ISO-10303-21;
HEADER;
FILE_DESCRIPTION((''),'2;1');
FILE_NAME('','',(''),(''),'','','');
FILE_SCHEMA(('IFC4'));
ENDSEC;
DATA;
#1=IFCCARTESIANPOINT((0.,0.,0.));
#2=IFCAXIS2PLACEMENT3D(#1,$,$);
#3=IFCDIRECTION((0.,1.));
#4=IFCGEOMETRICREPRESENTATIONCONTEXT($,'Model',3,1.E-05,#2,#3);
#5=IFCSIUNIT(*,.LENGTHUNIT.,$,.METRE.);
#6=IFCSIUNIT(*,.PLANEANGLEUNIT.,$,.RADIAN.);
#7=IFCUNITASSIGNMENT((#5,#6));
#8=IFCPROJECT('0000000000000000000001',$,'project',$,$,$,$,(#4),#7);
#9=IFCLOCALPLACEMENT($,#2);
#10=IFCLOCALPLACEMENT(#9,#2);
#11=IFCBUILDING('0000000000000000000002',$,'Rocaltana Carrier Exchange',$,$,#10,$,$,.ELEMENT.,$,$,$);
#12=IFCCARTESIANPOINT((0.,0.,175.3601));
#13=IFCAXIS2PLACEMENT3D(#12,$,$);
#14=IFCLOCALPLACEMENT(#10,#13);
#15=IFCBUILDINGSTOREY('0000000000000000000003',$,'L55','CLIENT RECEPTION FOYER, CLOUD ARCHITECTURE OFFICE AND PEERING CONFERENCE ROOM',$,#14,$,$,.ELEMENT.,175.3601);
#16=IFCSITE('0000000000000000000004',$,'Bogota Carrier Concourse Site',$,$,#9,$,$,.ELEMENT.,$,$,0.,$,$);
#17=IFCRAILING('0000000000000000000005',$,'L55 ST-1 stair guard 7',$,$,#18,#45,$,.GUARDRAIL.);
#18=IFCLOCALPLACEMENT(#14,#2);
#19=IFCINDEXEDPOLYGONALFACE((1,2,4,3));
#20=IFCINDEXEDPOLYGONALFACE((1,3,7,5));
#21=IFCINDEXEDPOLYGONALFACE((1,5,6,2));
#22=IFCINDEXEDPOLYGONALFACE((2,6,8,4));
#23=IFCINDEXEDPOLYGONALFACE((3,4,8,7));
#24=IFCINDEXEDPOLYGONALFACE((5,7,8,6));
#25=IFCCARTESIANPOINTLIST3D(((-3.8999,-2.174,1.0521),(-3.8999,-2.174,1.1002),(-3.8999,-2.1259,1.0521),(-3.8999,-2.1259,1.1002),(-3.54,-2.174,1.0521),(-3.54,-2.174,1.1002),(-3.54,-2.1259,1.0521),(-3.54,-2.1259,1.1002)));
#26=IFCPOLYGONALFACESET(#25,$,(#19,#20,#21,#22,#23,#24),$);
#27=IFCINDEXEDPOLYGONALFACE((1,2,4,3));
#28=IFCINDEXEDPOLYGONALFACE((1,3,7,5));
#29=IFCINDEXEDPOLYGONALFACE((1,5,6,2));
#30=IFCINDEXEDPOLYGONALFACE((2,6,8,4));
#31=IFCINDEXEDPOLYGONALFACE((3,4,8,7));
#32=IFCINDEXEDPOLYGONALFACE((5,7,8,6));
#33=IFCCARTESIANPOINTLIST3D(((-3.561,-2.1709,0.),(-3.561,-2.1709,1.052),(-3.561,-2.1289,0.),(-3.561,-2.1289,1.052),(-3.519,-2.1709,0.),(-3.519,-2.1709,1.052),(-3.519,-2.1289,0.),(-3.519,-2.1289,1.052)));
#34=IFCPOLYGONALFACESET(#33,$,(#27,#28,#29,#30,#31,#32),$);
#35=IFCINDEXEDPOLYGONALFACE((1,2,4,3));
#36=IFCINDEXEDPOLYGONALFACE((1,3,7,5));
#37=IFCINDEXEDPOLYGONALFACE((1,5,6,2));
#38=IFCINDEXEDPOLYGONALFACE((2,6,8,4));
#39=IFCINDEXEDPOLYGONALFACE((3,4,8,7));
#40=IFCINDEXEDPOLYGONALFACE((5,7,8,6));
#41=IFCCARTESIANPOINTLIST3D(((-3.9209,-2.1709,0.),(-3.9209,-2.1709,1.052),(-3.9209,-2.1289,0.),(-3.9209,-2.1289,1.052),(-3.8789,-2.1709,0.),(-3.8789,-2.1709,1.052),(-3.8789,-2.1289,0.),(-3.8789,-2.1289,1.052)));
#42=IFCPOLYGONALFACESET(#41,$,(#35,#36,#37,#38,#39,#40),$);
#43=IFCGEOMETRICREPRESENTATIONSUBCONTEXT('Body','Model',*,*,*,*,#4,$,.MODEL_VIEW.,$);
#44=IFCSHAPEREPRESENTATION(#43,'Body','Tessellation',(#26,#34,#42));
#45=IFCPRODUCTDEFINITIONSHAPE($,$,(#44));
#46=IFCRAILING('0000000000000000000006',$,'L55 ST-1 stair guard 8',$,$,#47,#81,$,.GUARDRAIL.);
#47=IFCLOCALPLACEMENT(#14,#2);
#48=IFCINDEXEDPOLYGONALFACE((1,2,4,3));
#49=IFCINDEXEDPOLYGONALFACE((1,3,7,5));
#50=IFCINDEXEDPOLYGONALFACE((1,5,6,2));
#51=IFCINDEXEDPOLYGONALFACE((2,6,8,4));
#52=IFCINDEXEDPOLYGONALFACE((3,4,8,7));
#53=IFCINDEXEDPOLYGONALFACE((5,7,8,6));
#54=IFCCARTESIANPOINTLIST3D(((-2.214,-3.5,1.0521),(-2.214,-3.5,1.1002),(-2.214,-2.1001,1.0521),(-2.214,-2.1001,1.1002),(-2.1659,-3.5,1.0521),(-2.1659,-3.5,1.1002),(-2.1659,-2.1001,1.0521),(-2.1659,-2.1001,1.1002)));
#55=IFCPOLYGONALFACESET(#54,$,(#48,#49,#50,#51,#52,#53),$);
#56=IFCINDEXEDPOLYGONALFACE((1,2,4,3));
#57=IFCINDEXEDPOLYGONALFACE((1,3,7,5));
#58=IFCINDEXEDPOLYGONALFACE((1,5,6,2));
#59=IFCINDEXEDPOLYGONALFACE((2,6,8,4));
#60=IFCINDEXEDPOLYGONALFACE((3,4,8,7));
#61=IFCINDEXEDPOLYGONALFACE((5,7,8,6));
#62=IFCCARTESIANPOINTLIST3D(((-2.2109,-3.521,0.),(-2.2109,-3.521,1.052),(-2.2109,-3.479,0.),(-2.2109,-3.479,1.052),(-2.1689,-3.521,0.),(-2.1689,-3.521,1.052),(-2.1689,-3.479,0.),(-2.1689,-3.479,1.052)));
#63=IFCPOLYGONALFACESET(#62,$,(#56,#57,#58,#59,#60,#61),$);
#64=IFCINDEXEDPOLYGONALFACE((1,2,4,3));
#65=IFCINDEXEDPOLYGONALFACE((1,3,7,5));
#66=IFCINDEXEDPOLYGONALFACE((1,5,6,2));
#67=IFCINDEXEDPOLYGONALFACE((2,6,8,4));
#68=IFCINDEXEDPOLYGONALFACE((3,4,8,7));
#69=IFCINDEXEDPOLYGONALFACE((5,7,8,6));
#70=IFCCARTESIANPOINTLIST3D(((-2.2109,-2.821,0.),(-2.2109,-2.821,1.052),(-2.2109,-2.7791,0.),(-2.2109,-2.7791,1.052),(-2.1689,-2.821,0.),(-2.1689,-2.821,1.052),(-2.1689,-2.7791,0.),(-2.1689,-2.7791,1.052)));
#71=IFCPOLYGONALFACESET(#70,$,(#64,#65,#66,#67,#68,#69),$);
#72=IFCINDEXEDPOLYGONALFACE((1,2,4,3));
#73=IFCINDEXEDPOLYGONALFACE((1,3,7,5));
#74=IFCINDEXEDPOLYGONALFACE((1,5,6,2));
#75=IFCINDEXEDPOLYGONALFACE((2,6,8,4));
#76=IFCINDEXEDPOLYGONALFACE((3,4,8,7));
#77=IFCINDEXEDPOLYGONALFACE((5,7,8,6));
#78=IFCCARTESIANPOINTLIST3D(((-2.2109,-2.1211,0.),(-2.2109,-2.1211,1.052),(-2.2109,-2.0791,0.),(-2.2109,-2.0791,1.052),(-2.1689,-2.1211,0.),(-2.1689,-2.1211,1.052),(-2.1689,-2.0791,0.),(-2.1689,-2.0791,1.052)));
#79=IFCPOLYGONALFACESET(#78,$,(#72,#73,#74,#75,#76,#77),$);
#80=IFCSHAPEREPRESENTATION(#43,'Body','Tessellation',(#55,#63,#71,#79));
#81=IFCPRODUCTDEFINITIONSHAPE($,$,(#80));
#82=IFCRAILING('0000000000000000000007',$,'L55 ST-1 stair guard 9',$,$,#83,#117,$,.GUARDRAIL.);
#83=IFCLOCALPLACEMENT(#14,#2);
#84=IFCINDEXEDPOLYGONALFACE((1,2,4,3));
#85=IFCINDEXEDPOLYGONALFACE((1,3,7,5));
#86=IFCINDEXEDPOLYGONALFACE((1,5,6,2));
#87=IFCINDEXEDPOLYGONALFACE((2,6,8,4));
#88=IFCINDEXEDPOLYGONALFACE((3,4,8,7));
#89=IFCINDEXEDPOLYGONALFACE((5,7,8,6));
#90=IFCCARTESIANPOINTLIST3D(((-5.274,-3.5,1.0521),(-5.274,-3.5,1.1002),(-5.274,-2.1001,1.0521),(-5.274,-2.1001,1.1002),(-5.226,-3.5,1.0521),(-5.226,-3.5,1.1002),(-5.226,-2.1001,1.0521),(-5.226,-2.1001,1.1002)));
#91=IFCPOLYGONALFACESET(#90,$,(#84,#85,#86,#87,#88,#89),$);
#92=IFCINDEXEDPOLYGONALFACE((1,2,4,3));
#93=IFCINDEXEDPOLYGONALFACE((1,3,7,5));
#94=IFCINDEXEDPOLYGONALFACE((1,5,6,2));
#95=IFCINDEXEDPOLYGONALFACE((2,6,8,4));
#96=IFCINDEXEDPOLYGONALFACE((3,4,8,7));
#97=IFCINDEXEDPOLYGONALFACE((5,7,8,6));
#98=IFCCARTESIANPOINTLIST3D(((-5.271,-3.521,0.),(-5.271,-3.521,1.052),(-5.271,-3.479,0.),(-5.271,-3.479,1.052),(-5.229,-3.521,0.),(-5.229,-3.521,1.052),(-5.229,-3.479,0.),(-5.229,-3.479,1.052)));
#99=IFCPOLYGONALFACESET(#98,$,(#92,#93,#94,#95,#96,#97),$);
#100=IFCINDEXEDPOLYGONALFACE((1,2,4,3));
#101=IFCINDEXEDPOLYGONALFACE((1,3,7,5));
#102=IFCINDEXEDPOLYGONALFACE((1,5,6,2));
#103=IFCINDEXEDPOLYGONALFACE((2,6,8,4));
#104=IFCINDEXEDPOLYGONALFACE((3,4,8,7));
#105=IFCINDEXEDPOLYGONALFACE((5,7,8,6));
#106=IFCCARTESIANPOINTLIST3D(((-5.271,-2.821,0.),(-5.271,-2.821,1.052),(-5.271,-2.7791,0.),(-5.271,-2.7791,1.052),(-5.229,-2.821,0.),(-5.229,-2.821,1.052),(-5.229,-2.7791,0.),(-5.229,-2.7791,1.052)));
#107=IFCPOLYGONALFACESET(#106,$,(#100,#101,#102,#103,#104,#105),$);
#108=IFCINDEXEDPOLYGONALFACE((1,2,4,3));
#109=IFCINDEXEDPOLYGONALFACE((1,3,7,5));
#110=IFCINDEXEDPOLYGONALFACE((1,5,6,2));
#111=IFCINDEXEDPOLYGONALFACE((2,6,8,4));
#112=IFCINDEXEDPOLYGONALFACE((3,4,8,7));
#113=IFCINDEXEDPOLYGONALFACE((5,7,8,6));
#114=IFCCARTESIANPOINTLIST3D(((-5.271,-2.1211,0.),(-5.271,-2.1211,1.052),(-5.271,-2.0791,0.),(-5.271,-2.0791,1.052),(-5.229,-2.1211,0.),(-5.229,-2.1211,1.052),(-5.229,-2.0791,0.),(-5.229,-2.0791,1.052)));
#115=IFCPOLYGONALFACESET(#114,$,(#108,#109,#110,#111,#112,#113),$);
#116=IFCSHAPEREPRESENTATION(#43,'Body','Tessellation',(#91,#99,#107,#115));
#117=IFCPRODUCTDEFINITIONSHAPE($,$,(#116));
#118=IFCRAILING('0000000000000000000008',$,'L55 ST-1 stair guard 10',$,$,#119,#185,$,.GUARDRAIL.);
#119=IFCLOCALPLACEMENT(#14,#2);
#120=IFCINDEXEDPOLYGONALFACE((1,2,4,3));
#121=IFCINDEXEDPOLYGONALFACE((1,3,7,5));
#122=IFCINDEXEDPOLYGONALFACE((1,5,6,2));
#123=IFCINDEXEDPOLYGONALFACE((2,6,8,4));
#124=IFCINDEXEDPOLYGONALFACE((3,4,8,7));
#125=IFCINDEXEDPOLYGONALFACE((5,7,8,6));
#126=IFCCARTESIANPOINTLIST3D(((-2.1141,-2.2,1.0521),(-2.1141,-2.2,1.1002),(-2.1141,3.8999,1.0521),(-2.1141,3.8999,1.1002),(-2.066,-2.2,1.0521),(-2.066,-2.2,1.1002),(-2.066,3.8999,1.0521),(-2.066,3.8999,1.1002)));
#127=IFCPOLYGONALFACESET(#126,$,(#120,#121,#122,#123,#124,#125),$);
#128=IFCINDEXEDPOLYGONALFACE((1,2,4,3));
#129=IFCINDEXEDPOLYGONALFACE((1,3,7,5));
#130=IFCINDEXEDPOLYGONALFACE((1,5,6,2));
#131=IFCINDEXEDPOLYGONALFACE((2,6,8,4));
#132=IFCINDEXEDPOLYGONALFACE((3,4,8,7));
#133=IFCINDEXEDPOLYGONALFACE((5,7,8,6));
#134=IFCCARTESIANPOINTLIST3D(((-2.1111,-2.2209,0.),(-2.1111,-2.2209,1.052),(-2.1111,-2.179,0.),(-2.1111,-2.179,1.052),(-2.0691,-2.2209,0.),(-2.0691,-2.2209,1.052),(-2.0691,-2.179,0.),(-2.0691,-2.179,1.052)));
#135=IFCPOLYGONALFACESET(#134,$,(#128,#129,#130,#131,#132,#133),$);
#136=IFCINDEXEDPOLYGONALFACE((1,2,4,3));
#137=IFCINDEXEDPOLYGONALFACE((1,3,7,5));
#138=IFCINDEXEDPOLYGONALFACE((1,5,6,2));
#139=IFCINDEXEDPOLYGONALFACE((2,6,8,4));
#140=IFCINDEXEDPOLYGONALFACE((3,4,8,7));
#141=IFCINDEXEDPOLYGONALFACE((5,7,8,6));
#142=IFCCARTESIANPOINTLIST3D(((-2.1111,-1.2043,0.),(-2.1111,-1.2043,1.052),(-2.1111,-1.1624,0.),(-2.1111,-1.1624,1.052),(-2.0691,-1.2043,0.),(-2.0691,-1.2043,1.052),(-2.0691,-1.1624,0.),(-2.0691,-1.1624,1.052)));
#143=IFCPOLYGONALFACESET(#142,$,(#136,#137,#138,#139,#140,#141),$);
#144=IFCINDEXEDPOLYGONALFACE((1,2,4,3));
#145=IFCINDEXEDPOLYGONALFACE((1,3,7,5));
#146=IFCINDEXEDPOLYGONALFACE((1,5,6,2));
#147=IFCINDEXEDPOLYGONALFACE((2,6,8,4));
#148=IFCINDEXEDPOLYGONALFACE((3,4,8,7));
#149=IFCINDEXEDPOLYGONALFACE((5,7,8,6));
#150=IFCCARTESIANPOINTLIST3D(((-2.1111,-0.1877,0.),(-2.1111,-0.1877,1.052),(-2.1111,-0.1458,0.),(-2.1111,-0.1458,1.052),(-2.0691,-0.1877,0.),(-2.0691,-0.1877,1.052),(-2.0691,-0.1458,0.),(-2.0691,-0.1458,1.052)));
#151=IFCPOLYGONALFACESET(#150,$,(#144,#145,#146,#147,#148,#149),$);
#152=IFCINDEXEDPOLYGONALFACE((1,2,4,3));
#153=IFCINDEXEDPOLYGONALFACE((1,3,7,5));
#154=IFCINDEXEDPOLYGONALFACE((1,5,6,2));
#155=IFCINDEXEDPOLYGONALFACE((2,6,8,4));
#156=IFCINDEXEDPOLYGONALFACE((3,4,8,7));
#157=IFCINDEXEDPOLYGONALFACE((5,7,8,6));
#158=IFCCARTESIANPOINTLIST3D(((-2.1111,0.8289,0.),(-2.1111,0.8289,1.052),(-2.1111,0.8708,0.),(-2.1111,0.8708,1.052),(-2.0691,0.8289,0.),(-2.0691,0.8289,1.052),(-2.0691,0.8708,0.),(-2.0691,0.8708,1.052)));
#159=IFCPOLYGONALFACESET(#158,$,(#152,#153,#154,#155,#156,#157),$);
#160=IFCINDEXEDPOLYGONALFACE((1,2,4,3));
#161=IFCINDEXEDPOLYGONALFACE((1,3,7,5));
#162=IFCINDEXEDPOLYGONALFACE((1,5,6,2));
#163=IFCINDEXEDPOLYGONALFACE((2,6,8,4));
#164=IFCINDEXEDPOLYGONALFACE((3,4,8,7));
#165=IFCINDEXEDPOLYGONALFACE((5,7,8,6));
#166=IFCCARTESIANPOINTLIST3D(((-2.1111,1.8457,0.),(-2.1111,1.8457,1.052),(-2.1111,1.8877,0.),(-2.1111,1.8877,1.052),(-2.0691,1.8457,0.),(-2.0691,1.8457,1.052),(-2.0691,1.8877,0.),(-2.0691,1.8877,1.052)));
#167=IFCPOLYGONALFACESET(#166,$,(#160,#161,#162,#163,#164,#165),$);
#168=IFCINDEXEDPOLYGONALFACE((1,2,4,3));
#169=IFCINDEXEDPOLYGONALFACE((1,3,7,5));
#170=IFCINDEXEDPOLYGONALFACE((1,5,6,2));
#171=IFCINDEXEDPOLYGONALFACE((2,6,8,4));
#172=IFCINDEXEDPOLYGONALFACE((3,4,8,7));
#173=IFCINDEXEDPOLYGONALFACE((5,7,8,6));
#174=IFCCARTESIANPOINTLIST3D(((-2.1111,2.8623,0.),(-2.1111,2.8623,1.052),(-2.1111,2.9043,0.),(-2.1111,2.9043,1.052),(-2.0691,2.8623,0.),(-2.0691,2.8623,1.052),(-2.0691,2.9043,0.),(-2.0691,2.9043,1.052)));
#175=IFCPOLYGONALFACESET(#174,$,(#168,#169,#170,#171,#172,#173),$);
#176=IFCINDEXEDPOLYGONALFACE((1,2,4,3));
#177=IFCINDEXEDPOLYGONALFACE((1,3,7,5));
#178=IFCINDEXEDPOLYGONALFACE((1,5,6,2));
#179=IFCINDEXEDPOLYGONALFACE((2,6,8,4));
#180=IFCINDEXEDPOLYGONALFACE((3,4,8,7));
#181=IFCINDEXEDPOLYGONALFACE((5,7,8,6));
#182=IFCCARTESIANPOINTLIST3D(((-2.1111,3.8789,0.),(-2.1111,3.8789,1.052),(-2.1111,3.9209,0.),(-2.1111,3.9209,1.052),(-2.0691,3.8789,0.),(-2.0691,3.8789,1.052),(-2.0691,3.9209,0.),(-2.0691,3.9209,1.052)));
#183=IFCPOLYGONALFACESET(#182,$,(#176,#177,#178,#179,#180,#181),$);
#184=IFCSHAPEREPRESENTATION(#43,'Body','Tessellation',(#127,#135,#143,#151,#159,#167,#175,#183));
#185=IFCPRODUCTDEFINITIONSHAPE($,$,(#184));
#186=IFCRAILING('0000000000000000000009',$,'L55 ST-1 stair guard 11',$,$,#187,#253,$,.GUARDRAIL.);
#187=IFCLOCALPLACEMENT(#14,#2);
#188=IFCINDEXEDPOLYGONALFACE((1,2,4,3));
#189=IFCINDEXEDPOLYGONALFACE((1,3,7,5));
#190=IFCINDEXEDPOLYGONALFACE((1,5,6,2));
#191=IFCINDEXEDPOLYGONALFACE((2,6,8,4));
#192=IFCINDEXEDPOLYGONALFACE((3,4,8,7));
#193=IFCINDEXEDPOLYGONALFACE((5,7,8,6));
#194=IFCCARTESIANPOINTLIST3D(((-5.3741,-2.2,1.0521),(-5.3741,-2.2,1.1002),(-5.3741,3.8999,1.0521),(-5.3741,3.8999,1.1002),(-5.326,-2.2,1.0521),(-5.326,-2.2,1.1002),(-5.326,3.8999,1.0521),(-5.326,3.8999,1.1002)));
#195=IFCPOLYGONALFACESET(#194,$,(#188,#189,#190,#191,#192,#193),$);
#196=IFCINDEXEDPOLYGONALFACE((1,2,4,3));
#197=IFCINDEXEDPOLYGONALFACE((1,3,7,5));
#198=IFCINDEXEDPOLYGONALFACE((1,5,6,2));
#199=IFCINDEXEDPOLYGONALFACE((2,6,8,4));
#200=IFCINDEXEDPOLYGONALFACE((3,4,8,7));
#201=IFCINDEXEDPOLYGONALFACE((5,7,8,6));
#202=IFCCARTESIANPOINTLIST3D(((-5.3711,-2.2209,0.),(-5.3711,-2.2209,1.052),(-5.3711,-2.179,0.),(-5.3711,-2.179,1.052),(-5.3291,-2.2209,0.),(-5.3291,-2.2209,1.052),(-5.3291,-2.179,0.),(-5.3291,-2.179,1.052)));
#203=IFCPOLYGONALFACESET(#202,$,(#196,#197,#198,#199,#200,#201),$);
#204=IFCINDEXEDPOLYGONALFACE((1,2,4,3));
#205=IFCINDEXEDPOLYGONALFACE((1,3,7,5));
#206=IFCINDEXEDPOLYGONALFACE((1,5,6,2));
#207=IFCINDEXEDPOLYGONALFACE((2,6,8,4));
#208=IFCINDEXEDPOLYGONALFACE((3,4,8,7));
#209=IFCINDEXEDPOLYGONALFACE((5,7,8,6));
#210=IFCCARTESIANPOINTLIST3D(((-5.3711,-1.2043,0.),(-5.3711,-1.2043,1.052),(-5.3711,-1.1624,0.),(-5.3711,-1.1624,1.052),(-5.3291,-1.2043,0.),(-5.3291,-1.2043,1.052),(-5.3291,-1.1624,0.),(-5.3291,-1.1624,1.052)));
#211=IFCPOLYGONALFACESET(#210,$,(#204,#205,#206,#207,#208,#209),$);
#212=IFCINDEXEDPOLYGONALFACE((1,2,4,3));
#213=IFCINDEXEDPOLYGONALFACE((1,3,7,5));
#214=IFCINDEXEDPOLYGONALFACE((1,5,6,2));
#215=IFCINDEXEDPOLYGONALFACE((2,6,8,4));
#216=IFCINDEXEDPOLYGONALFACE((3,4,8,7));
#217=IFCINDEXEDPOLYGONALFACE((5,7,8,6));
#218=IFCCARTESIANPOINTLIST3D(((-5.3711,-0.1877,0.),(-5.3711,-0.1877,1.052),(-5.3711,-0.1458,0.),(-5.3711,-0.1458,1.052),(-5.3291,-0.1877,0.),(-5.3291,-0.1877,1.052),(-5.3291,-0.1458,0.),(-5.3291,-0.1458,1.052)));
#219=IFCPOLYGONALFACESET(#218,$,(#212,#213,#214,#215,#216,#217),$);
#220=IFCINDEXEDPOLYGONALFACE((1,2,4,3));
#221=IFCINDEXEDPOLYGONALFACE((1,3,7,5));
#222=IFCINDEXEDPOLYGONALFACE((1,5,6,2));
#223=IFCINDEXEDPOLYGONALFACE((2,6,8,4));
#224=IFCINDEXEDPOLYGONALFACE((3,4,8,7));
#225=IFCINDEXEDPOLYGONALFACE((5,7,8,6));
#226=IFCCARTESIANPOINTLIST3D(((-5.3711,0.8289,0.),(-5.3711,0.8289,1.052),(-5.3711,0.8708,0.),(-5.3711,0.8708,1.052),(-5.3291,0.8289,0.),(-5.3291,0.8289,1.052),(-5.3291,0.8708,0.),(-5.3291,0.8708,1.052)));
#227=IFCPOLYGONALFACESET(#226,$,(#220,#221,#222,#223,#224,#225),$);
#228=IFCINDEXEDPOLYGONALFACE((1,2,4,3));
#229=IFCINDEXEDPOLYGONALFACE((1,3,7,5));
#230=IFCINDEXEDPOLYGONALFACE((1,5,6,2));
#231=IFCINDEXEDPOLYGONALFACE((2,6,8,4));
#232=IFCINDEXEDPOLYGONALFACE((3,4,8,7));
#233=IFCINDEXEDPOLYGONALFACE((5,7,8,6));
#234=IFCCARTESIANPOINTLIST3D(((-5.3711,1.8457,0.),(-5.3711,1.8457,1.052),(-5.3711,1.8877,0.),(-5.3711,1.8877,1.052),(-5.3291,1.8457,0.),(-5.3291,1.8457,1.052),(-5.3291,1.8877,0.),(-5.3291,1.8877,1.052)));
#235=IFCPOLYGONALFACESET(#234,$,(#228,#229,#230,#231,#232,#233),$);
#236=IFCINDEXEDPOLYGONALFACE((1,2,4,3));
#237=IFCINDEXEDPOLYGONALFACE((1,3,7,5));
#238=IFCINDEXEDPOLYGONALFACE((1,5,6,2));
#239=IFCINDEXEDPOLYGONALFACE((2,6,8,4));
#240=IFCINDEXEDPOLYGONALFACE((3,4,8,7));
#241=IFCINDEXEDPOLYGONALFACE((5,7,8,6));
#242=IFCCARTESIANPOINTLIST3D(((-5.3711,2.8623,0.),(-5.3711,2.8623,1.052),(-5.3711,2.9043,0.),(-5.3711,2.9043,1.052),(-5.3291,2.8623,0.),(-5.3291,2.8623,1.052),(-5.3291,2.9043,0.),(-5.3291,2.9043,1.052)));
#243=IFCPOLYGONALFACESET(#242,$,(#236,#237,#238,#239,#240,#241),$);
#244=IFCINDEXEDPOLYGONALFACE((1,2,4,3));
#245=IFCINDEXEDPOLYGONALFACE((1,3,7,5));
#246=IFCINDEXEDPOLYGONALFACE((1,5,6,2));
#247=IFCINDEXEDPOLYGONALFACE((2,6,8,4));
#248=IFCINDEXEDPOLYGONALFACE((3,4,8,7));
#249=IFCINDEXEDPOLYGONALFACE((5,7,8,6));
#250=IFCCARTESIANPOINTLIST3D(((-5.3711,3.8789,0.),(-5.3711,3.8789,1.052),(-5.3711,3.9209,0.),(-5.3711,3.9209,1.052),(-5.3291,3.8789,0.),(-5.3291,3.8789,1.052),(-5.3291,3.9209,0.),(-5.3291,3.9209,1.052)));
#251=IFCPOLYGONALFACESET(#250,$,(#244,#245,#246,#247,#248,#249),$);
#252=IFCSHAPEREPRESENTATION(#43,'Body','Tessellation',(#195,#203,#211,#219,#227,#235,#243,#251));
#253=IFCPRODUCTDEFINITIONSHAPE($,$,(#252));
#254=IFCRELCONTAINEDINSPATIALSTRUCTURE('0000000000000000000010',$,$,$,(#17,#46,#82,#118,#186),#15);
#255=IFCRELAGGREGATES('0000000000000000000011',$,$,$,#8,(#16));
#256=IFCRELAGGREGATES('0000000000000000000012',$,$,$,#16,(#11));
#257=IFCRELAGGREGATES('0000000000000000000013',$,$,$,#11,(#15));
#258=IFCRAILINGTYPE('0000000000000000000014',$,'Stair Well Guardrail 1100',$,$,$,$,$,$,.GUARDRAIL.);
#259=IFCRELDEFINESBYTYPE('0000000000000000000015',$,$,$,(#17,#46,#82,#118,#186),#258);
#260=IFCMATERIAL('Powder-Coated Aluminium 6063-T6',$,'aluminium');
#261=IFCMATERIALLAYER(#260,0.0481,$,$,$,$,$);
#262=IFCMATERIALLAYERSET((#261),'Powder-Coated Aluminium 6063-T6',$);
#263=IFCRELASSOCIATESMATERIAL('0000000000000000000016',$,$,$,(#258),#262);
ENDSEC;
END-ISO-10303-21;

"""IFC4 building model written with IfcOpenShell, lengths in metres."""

from ifc_helpers import new_model, si_unit, direction, frame, origin, origin_2d, place, context, subcontext, project, spatial, rectangle, extrude, material, layer, layer_set, type_object, element, save


model = new_model("IFC4")

# Units and contexts
model_context = context("Model", 3, precision=1e-05, world=origin(), true_north=direction((0.0, 1.0)))
body_context = subcontext(model_context, "Body", "Model", "MODEL_VIEW")
ifc_project = project(units=[si_unit("LENGTHUNIT", "METRE"), si_unit("PLANEANGLEUNIT", "RADIAN")], contexts=[model_context])

# Site, building, storey
site_placement = place(None, origin())
site = spatial("IfcSite", under=ifc_project, at=site_placement, Name="Bogota Carrier Concourse Site", CompositionType="ELEMENT", RefElevation=0.0)
building_placement = place(site_placement, origin())
building = spatial("IfcBuilding", under=site, at=building_placement, Name="Rocaltana Carrier Exchange", CompositionType="ELEMENT")
storey_placement = place(building_placement, frame((0.0, 0.0, 175.3601)))
storey = spatial("IfcBuildingStorey", under=building, at=storey_placement, Name="L55", Description="CLIENT RECEPTION FOYER, CLOUD ARCHITECTURE OFFICE AND PEERING CONFERENCE ROOM", CompositionType="ELEMENT", Elevation=175.3601)

# Railings
ifc_material_1 = material(Name="Powder-Coated Aluminium 6063-T6", Category="aluminium")
ifc_layer_1 = layer(ifc_material_1, 0.0481)
ifc_layer_set_1 = layer_set([ifc_layer_1], Name="Powder-Coated Aluminium 6063-T6")
railing_type_1 = type_object("IfcRailingType", Name="Stair Well Guardrail 1100", PredefinedType="GUARDRAIL", material=ifc_layer_set_1)
railing_1_placement = place(storey_placement, frame((-3.54, -2.1499, 0.0)))
element("IfcRailing", 1, at=railing_1_placement, inside=storey, type_object=railing_type_1, Name="L55 ST-1 stair guard 7", PredefinedType="GUARDRAIL", context=body_context, shape_type="SweptSolid", body=[
    extrude(rectangle(XDim=0.0481, YDim=0.0481, at=origin_2d()), frame((0.0, 0.0, 1.0762), z_axis=(-1.0, 0.0, 0.0), x_axis=(0.0, -1.0, 0.0)), (0.0, 0.0, 1.0), 0.3599),
    extrude(rectangle(XDim=0.042, YDim=0.042, at=origin_2d()), origin(), (0.0, 0.0, 1.0), 1.052),
    extrude(rectangle(XDim=0.042, YDim=0.042, at=origin_2d()), frame((-0.3599, 0.0, 0.0)), (0.0, 0.0, 1.0), 1.052),
])
for number, where, name in (
    (2, (-2.1899, -3.5, 0.0), "L55 ST-1 stair guard 8"),
    (3, (-5.25, -3.5, 0.0), "L55 ST-1 stair guard 9"),
):
    element("IfcRailing", number, at=place(storey_placement, frame(where)), inside=storey, type_object=railing_type_1, Name=name, PredefinedType="GUARDRAIL", context=body_context, shape_type="SweptSolid", body=[
        extrude(rectangle(XDim=0.0481, YDim=0.0481, at=origin_2d()), frame((0.0, 0.0, 1.0762), z_axis=(0.0, 1.0, 0.0), x_axis=(-1.0, 0.0, 0.0)), (0.0, 0.0, 1.0), 1.3999),
        extrude(rectangle(XDim=0.042, YDim=0.042, at=origin_2d()), origin(), (0.0, 0.0, 1.0), 1.052),
        extrude(rectangle(XDim=0.042, YDim=0.042, at=origin_2d()), frame((0.0, 0.7, 0.0)), (0.0, 0.0, 1.0), 1.052),
        extrude(rectangle(XDim=0.042, YDim=0.042, at=origin_2d()), frame((0.0, 1.3999, 0.0)), (0.0, 0.0, 1.0), 1.052),
    ])
for number, where, name in (
    (4, (-2.0901, -2.2, 0.0), "L55 ST-1 stair guard 10"),
    (5, (-5.3501, -2.2, 0.0), "L55 ST-1 stair guard 11"),
):
    element("IfcRailing", number, at=place(storey_placement, frame(where)), inside=storey, type_object=railing_type_1, Name=name, PredefinedType="GUARDRAIL", context=body_context, shape_type="SweptSolid", body=[
        extrude(rectangle(XDim=0.0481, YDim=0.0481, at=origin_2d()), frame((0.0, 0.0, 1.0762), z_axis=(0.0, 1.0, 0.0), x_axis=(-1.0, 0.0, 0.0)), (0.0, 0.0, 1.0), 6.0999),
        extrude(rectangle(XDim=0.042, YDim=0.042, at=origin_2d()), origin(), (0.0, 0.0, 1.0), 1.052),
        extrude(rectangle(XDim=0.042, YDim=0.042, at=origin_2d()), frame((0.0, 1.0166, 0.0)), (0.0, 0.0, 1.0), 1.052),
        extrude(rectangle(XDim=0.042, YDim=0.042, at=origin_2d()), frame((0.0, 2.0332, 0.0)), (0.0, 0.0, 1.0), 1.052),
        extrude(rectangle(XDim=0.042, YDim=0.042, at=origin_2d()), frame((0.0, 3.0498, 0.0)), (0.0, 0.0, 1.0), 1.052),
        extrude(rectangle(XDim=0.042, YDim=0.042, at=origin_2d()), frame((0.0, 4.0667, 0.0)), (0.0, 0.0, 1.0), 1.052),
        extrude(rectangle(XDim=0.042, YDim=0.042, at=origin_2d()), frame((0.0, 5.0833, 0.0)), (0.0, 0.0, 1.0), 1.052),
        extrude(rectangle(XDim=0.042, YDim=0.042, at=origin_2d()), frame((0.0, 6.0999, 0.0)), (0.0, 0.0, 1.0), 1.052),
    ])

save(model, "model.ifc")
